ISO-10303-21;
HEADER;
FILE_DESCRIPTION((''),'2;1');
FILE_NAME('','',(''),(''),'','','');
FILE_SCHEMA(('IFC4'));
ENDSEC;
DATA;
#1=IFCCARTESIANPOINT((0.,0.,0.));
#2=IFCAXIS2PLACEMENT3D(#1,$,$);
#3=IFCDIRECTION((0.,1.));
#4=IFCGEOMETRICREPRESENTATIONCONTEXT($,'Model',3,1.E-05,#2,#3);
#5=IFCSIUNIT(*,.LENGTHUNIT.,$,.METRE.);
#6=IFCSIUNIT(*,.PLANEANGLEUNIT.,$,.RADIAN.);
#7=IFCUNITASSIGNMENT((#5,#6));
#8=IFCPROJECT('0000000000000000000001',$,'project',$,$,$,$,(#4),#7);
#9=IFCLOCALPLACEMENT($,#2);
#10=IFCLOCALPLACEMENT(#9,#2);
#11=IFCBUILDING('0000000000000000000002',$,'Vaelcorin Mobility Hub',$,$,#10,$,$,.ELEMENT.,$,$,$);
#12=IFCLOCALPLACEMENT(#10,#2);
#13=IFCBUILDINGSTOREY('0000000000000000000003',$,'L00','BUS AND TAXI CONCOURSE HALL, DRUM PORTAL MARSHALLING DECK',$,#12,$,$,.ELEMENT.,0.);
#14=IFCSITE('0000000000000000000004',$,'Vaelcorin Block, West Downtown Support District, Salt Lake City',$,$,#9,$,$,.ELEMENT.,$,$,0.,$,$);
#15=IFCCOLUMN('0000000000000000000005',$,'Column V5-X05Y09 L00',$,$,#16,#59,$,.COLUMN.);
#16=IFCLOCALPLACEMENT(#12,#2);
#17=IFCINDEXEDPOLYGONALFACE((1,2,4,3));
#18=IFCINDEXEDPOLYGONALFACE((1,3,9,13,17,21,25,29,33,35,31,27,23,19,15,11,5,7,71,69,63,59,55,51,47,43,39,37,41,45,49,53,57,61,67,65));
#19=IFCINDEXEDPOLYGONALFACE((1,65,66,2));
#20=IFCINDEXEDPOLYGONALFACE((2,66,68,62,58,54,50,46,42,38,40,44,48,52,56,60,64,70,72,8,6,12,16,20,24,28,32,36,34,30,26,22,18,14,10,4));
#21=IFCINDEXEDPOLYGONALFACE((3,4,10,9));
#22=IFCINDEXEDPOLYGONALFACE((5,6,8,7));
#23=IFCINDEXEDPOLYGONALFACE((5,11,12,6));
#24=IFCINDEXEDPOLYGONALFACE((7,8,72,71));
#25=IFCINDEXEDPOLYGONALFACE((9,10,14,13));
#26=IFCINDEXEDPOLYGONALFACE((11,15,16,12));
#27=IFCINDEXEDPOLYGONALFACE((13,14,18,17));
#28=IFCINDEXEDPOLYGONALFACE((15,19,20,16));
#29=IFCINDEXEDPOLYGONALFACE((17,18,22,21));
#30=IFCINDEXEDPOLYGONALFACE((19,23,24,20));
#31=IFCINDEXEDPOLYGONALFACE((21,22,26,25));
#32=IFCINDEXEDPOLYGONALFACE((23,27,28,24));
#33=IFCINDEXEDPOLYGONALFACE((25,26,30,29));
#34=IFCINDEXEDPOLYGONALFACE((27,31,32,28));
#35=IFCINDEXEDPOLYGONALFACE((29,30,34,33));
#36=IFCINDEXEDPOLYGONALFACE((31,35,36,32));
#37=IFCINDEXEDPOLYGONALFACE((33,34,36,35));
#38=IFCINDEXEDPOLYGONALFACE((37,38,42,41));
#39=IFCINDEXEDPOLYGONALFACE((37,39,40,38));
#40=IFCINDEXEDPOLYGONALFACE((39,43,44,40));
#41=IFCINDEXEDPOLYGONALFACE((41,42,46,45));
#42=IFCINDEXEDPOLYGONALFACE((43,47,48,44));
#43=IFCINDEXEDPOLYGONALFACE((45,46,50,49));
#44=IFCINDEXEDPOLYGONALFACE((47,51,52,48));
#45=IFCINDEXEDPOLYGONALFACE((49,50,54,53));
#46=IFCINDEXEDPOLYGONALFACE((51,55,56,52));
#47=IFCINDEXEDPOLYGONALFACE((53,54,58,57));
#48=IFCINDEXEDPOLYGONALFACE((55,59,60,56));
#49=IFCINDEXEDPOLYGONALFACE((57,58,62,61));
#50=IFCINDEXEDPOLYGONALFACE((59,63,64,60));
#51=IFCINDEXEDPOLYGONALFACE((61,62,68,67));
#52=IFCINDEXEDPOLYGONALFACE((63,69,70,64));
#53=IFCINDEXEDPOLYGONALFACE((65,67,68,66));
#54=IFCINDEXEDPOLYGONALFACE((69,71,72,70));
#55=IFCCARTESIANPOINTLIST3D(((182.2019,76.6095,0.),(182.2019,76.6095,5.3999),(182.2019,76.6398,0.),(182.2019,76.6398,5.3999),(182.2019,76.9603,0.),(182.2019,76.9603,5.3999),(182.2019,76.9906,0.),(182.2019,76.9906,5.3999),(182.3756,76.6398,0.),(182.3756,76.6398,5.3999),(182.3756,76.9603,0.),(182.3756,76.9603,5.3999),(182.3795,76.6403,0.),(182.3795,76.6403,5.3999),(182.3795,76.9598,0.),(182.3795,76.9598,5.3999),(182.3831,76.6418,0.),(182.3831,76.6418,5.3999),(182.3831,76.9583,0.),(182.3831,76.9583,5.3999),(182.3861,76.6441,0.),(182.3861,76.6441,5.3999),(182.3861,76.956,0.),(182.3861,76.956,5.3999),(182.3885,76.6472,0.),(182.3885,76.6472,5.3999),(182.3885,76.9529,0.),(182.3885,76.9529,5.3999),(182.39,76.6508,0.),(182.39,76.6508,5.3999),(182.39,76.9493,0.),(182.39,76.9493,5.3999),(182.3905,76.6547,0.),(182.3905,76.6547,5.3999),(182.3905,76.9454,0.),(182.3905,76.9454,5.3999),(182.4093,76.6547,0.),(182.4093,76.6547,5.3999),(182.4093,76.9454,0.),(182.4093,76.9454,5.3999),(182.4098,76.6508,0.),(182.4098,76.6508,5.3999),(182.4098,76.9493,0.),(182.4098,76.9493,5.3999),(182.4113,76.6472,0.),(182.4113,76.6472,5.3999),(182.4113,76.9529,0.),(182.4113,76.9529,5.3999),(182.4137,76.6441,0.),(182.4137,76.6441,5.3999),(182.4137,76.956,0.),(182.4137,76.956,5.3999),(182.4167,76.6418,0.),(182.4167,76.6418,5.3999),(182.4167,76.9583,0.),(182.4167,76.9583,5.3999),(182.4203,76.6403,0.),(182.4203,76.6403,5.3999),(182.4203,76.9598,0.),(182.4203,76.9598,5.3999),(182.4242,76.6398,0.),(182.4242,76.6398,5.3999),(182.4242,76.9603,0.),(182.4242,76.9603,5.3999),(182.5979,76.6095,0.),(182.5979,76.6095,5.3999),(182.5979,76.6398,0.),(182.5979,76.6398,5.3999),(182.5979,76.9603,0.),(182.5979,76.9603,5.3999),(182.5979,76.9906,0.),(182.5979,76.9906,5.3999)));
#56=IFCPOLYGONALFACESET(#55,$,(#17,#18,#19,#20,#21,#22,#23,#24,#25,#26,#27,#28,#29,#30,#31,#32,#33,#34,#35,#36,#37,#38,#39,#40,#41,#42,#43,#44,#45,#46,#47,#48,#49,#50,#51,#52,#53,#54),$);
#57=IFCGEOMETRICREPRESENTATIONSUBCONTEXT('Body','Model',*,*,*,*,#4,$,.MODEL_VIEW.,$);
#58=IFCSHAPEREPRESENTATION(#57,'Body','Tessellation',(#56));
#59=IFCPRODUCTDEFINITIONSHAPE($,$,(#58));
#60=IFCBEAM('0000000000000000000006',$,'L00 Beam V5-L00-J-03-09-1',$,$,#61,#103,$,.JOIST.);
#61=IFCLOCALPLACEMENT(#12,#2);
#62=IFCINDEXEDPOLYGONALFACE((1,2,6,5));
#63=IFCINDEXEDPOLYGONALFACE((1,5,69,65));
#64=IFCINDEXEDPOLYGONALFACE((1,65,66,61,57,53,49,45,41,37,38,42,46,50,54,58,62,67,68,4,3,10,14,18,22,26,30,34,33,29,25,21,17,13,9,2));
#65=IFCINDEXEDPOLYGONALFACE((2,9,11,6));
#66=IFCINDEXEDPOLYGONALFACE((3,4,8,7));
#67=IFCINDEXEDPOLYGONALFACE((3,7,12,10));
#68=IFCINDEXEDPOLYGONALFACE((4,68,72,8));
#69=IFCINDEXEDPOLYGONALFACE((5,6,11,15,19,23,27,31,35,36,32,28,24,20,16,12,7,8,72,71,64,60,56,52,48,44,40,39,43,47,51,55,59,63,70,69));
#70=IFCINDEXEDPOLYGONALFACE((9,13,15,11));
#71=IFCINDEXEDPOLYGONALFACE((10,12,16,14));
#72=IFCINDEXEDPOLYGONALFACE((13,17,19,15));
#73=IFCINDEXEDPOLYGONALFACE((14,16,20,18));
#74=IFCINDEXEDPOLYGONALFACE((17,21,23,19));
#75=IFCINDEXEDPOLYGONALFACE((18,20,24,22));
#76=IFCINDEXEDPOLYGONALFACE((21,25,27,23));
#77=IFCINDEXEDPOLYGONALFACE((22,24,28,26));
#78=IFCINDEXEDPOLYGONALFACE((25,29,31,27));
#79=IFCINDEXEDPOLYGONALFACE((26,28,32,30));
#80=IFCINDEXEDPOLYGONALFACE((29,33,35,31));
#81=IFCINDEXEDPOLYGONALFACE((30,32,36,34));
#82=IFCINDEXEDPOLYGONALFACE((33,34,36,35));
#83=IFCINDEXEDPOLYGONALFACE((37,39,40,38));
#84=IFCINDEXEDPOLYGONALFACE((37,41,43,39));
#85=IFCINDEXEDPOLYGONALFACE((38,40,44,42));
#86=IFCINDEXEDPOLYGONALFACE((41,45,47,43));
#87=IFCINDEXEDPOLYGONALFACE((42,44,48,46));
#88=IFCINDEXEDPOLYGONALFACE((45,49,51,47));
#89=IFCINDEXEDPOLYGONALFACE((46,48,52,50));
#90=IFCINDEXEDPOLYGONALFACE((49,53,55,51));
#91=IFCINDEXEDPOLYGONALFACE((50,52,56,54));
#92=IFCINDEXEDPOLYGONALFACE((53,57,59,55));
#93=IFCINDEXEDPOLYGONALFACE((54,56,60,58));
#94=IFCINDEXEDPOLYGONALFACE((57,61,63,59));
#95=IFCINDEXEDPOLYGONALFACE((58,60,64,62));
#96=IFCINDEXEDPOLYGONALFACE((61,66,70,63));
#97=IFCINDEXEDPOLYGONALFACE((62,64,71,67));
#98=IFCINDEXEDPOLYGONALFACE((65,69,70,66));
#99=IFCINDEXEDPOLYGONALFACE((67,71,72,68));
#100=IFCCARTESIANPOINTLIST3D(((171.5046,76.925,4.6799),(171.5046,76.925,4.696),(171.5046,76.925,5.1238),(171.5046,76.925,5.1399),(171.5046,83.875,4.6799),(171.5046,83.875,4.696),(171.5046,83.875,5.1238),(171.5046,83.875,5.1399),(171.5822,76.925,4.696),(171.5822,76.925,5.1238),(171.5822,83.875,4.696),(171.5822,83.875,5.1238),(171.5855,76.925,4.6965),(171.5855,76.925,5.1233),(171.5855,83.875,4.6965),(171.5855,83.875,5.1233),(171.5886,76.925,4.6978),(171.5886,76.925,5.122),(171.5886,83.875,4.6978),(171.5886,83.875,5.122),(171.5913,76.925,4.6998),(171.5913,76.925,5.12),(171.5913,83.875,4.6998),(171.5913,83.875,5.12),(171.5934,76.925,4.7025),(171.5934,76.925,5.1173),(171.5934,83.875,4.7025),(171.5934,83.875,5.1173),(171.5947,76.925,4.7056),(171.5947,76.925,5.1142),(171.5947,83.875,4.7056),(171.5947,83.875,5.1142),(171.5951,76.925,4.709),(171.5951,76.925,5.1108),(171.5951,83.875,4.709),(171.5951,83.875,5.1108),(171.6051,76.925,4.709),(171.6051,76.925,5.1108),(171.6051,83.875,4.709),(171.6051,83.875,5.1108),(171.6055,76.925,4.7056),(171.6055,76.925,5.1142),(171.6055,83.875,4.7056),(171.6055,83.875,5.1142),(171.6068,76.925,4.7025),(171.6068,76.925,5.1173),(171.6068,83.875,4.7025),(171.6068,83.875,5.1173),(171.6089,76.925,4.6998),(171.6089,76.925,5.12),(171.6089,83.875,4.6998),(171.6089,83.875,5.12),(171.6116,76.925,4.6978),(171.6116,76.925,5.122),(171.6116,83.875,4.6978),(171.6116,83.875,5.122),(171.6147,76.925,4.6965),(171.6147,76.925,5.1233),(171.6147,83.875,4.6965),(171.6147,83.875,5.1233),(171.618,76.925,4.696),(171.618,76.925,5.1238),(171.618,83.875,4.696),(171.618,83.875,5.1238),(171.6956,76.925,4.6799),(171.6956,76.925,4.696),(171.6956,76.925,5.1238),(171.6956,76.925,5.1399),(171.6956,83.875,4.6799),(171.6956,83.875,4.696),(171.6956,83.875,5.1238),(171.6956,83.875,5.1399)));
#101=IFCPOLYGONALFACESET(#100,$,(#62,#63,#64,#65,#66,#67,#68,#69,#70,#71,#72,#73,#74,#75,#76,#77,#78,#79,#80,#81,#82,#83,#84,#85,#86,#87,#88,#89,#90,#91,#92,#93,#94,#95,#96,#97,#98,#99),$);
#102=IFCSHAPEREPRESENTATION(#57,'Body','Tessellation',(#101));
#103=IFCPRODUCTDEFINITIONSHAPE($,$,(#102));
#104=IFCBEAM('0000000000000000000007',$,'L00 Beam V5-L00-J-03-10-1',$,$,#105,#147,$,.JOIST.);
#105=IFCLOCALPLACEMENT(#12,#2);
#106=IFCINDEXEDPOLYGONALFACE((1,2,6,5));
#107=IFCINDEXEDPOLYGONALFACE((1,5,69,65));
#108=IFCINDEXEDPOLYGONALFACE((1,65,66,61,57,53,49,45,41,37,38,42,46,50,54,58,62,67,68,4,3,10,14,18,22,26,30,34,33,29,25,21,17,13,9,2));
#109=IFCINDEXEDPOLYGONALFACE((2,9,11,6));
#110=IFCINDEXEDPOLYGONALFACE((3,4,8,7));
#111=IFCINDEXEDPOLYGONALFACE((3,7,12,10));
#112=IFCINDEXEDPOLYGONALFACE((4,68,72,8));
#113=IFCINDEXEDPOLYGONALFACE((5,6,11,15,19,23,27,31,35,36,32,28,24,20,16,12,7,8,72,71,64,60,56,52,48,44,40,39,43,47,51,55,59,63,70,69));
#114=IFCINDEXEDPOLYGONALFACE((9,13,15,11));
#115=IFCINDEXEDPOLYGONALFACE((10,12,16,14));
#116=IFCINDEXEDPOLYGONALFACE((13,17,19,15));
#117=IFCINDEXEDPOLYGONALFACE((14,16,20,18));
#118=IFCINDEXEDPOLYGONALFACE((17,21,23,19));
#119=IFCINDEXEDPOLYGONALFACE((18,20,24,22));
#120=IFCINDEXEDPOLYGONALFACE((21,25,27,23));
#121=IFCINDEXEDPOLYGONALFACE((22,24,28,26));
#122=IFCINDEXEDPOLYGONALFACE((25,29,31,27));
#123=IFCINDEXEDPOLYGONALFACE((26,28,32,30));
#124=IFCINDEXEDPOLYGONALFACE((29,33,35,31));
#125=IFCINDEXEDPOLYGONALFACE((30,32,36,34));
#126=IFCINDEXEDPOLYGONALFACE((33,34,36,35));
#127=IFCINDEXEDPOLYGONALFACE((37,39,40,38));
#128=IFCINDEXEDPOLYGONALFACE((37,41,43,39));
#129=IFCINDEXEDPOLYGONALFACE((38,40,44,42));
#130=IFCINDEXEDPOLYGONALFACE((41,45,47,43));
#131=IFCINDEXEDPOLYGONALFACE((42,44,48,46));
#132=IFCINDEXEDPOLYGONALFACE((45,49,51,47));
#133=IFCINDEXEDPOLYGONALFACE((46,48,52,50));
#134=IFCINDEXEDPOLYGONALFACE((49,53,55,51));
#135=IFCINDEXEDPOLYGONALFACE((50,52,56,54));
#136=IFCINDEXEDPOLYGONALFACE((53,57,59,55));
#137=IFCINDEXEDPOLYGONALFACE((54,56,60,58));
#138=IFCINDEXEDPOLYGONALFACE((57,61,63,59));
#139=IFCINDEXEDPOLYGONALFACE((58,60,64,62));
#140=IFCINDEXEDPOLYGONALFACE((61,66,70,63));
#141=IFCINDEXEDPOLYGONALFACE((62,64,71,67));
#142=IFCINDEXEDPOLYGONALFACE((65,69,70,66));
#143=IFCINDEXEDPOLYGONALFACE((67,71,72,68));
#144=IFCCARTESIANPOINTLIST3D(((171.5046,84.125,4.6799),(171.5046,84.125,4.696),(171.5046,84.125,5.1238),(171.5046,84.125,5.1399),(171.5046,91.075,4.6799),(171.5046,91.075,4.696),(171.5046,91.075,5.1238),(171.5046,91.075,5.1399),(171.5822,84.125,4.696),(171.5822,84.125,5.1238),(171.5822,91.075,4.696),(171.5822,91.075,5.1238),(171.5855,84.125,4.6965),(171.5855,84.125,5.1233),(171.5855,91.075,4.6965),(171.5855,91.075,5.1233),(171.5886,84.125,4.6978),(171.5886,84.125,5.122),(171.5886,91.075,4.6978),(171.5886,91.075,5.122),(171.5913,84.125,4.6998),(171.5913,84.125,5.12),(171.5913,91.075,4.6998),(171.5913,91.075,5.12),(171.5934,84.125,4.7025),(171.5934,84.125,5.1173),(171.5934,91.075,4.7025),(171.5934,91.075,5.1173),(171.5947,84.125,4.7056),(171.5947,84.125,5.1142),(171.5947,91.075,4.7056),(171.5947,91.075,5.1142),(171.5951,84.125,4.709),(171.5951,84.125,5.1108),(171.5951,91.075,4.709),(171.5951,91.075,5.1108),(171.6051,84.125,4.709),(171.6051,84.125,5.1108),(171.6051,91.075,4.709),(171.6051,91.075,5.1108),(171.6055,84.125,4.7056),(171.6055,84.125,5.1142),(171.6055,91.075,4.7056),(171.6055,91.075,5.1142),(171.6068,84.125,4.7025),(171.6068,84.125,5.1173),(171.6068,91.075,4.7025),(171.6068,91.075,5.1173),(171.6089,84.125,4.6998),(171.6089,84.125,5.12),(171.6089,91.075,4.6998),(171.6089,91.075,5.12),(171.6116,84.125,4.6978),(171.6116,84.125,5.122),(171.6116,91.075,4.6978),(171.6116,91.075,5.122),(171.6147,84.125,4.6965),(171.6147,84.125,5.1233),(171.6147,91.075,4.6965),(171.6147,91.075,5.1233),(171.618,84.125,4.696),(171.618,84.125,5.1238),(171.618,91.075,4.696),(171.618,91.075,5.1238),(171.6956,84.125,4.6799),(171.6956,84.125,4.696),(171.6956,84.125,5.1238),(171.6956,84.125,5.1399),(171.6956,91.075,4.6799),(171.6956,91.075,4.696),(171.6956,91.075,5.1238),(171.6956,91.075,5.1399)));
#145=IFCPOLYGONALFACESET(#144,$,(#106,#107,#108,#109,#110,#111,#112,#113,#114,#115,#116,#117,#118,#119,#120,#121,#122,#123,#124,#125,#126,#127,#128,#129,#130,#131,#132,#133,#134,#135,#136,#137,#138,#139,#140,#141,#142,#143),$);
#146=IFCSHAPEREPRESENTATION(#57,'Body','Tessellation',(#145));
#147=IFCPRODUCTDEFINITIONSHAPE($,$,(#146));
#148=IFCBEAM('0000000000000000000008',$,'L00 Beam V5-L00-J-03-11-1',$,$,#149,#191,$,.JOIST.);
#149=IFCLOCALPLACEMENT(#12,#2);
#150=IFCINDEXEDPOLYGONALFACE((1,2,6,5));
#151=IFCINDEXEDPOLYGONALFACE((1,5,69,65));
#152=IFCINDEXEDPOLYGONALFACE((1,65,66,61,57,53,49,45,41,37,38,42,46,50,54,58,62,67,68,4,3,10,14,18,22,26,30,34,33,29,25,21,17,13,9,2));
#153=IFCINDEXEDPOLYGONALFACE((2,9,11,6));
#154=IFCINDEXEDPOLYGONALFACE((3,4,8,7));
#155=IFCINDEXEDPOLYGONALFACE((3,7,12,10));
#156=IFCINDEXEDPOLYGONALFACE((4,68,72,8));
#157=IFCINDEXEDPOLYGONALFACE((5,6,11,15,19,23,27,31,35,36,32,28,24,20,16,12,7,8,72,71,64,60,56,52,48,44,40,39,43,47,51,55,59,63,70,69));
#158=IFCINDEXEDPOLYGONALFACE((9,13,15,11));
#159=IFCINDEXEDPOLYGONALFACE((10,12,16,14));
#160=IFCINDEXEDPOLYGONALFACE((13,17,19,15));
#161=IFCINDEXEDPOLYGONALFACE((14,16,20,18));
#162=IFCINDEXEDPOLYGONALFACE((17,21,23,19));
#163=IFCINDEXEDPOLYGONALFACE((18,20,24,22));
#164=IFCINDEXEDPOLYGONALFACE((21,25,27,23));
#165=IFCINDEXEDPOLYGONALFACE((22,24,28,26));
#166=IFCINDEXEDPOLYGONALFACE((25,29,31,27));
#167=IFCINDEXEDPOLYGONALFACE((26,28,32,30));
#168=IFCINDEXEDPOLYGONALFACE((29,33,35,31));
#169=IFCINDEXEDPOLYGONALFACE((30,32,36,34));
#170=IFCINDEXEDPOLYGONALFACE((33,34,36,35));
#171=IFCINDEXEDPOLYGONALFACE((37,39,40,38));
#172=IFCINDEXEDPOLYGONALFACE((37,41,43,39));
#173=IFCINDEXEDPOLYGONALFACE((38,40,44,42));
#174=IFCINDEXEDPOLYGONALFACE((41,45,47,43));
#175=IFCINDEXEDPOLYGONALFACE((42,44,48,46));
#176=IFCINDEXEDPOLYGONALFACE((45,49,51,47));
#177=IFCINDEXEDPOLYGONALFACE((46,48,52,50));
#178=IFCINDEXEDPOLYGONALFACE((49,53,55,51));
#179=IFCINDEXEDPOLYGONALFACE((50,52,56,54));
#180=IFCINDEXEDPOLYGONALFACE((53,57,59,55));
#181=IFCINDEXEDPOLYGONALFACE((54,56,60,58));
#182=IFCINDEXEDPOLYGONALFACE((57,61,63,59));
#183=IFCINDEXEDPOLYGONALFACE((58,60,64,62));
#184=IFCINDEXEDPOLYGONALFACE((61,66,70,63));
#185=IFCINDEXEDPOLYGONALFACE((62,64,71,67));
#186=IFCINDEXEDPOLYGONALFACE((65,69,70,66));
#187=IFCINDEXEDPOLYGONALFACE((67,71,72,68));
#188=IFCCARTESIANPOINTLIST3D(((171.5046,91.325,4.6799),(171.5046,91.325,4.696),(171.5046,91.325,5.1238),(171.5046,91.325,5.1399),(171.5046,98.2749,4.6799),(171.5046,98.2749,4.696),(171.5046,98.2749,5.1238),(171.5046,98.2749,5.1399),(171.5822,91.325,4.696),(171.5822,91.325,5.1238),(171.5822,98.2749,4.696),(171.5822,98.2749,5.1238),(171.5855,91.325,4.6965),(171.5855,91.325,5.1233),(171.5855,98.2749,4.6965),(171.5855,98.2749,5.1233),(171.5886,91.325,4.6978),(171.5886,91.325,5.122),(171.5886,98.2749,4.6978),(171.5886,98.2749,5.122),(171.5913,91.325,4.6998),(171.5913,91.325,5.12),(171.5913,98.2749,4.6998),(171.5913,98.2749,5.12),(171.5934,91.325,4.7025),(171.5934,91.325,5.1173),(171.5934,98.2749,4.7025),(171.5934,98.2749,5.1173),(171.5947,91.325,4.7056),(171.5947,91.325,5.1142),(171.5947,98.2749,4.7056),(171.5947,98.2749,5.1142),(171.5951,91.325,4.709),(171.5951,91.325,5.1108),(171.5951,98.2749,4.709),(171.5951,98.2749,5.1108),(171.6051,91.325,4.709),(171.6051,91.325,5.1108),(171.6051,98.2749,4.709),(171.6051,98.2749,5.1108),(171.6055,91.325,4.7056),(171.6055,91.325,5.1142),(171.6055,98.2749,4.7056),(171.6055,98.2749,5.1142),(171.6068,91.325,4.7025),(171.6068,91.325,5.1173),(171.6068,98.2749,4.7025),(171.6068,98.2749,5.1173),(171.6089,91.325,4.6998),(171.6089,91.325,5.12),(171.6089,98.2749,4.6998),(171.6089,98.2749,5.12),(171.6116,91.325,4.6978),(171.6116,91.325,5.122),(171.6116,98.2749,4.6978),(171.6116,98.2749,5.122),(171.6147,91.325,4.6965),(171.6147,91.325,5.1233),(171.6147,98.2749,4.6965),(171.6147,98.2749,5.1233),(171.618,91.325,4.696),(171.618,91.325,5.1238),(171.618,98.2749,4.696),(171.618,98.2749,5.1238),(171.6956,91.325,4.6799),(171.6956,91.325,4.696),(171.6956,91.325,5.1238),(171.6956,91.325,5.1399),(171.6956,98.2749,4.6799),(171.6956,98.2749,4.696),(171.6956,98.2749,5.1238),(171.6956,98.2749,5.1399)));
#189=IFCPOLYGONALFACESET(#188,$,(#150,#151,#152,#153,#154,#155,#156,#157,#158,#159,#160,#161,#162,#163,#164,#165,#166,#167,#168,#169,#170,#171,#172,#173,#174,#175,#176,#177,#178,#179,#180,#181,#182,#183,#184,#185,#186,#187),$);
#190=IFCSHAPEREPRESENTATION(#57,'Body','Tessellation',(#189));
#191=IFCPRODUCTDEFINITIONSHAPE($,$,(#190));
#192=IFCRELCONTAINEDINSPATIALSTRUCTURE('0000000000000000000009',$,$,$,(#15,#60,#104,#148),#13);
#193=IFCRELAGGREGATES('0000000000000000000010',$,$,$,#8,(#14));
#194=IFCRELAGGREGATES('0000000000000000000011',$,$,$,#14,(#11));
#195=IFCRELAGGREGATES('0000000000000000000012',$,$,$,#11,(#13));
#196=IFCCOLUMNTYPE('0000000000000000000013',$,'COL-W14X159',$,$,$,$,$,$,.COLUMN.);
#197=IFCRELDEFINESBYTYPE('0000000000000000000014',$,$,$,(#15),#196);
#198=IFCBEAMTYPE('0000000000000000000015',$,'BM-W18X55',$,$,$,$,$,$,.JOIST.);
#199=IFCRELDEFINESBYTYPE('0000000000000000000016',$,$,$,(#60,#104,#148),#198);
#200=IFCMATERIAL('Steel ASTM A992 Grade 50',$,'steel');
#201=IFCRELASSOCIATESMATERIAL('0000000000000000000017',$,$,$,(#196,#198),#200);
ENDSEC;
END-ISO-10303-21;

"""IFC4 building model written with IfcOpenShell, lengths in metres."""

from ifc_helpers import new_model, si_unit, direction, frame, origin, origin_2d, place, context, subcontext, project, spatial, i_section, extrude, material, material_profile, profile_set, type_object, element, save


model = new_model("IFC4")

# Units and contexts
model_context = context("Model", 3, precision=1e-05, world=origin(), true_north=direction((0.0, 1.0)))
body_context = subcontext(model_context, "Body", "Model", "MODEL_VIEW")
ifc_project = project(units=[si_unit("LENGTHUNIT", "METRE"), si_unit("PLANEANGLEUNIT", "RADIAN")], contexts=[model_context])

# Site, building, storey
site_placement = place(None, origin())
site = spatial("IfcSite", under=ifc_project, at=site_placement, Name="Vaelcorin Block, West Downtown Support District, Salt Lake City", CompositionType="ELEMENT", RefElevation=0.0)
building_placement = place(site_placement, origin())
building = spatial("IfcBuilding", under=site, at=building_placement, Name="Vaelcorin Mobility Hub", CompositionType="ELEMENT")
storey_placement = place(building_placement, origin())
storey = spatial("IfcBuildingStorey", under=building, at=storey_placement, Name="L00", Description="BUS AND TAXI CONCOURSE HALL, DRUM PORTAL MARSHALLING DECK", CompositionType="ELEMENT", Elevation=0.0)

# Column
ifc_material_1 = material(Name="Steel ASTM A992 Grade 50", Category="steel")
ifc_material_profile_1 = material_profile(ifc_material_1, i_section(OverallWidth=0.396, OverallDepth=0.3811, WebThickness=0.0188, FlangeThickness=0.0303, FilletRadius=0.0149, at=origin_2d()), Name="W14X159")
ifc_profile_set_1 = profile_set([ifc_material_profile_1], Name="Steel ASTM A992 Grade 50")
column_type = type_object("IfcColumnType", Name="COL-W14X159", PredefinedType="COLUMN", material=ifc_profile_set_1)
for number, where, z_axis, x_axis, name in (
    (1, (182.3999, 76.8, 0.0), (0.0, 0.0, 1.0), (1.0, 0.0, 0.0), "Column V5-X05Y09 L00"),
):
    element("IfcColumn", number, at=place(storey_placement, frame(where, z_axis=z_axis, x_axis=x_axis)), inside=storey, type_object=column_type, Name=name, PredefinedType="COLUMN", context=body_context, shape_type="SweptSolid", body=[
        extrude(i_section(OverallWidth=0.396, OverallDepth=0.3811, WebThickness=0.0188, FlangeThickness=0.0303, FilletRadius=0.0149, at=origin_2d()), origin(), (0.0, 0.0, 1.0), 5.3999),
    ])

# Beams
ifc_material_profile_2 = material_profile(ifc_material_1, i_section(OverallWidth=0.1909, OverallDepth=0.46, WebThickness=0.01, FlangeThickness=0.0161, FilletRadius=0.0129, at=origin_2d()), Name="W18X55")
ifc_profile_set_2 = profile_set([ifc_material_profile_2], Name="Steel ASTM A992 Grade 50")
beam_type_1 = type_object("IfcBeamType", Name="BM-W18X55", PredefinedType="JOIST", material=ifc_profile_set_2)
for number, where, z_axis, x_axis, name in (
    (2, (171.6001, 76.925, 4.9099), (0.0, 1.0, 0.0), (-1.0, 0.0, 0.0), "L00 Beam V5-L00-J-03-09-1"),
    (3, (171.6001, 84.125, 4.9099), (0.0, 1.0, 0.0), (-1.0, 0.0, 0.0), "L00 Beam V5-L00-J-03-10-1"),
    (4, (171.6001, 91.325, 4.9099), (0.0, 1.0, 0.0), (-1.0, 0.0, 0.0), "L00 Beam V5-L00-J-03-11-1"),
):
    element("IfcBeam", number, at=place(storey_placement, frame(where, z_axis=z_axis, x_axis=x_axis)), inside=storey, type_object=beam_type_1, Name=name, PredefinedType="JOIST", context=body_context, shape_type="SweptSolid", body=[
        extrude(i_section(OverallWidth=0.1909, OverallDepth=0.46, WebThickness=0.01, FlangeThickness=0.0161, FilletRadius=0.0129, at=origin_2d()), origin(), (0.0, 0.0, 1.0), 6.95),
    ])

save(model, "model.ifc")
